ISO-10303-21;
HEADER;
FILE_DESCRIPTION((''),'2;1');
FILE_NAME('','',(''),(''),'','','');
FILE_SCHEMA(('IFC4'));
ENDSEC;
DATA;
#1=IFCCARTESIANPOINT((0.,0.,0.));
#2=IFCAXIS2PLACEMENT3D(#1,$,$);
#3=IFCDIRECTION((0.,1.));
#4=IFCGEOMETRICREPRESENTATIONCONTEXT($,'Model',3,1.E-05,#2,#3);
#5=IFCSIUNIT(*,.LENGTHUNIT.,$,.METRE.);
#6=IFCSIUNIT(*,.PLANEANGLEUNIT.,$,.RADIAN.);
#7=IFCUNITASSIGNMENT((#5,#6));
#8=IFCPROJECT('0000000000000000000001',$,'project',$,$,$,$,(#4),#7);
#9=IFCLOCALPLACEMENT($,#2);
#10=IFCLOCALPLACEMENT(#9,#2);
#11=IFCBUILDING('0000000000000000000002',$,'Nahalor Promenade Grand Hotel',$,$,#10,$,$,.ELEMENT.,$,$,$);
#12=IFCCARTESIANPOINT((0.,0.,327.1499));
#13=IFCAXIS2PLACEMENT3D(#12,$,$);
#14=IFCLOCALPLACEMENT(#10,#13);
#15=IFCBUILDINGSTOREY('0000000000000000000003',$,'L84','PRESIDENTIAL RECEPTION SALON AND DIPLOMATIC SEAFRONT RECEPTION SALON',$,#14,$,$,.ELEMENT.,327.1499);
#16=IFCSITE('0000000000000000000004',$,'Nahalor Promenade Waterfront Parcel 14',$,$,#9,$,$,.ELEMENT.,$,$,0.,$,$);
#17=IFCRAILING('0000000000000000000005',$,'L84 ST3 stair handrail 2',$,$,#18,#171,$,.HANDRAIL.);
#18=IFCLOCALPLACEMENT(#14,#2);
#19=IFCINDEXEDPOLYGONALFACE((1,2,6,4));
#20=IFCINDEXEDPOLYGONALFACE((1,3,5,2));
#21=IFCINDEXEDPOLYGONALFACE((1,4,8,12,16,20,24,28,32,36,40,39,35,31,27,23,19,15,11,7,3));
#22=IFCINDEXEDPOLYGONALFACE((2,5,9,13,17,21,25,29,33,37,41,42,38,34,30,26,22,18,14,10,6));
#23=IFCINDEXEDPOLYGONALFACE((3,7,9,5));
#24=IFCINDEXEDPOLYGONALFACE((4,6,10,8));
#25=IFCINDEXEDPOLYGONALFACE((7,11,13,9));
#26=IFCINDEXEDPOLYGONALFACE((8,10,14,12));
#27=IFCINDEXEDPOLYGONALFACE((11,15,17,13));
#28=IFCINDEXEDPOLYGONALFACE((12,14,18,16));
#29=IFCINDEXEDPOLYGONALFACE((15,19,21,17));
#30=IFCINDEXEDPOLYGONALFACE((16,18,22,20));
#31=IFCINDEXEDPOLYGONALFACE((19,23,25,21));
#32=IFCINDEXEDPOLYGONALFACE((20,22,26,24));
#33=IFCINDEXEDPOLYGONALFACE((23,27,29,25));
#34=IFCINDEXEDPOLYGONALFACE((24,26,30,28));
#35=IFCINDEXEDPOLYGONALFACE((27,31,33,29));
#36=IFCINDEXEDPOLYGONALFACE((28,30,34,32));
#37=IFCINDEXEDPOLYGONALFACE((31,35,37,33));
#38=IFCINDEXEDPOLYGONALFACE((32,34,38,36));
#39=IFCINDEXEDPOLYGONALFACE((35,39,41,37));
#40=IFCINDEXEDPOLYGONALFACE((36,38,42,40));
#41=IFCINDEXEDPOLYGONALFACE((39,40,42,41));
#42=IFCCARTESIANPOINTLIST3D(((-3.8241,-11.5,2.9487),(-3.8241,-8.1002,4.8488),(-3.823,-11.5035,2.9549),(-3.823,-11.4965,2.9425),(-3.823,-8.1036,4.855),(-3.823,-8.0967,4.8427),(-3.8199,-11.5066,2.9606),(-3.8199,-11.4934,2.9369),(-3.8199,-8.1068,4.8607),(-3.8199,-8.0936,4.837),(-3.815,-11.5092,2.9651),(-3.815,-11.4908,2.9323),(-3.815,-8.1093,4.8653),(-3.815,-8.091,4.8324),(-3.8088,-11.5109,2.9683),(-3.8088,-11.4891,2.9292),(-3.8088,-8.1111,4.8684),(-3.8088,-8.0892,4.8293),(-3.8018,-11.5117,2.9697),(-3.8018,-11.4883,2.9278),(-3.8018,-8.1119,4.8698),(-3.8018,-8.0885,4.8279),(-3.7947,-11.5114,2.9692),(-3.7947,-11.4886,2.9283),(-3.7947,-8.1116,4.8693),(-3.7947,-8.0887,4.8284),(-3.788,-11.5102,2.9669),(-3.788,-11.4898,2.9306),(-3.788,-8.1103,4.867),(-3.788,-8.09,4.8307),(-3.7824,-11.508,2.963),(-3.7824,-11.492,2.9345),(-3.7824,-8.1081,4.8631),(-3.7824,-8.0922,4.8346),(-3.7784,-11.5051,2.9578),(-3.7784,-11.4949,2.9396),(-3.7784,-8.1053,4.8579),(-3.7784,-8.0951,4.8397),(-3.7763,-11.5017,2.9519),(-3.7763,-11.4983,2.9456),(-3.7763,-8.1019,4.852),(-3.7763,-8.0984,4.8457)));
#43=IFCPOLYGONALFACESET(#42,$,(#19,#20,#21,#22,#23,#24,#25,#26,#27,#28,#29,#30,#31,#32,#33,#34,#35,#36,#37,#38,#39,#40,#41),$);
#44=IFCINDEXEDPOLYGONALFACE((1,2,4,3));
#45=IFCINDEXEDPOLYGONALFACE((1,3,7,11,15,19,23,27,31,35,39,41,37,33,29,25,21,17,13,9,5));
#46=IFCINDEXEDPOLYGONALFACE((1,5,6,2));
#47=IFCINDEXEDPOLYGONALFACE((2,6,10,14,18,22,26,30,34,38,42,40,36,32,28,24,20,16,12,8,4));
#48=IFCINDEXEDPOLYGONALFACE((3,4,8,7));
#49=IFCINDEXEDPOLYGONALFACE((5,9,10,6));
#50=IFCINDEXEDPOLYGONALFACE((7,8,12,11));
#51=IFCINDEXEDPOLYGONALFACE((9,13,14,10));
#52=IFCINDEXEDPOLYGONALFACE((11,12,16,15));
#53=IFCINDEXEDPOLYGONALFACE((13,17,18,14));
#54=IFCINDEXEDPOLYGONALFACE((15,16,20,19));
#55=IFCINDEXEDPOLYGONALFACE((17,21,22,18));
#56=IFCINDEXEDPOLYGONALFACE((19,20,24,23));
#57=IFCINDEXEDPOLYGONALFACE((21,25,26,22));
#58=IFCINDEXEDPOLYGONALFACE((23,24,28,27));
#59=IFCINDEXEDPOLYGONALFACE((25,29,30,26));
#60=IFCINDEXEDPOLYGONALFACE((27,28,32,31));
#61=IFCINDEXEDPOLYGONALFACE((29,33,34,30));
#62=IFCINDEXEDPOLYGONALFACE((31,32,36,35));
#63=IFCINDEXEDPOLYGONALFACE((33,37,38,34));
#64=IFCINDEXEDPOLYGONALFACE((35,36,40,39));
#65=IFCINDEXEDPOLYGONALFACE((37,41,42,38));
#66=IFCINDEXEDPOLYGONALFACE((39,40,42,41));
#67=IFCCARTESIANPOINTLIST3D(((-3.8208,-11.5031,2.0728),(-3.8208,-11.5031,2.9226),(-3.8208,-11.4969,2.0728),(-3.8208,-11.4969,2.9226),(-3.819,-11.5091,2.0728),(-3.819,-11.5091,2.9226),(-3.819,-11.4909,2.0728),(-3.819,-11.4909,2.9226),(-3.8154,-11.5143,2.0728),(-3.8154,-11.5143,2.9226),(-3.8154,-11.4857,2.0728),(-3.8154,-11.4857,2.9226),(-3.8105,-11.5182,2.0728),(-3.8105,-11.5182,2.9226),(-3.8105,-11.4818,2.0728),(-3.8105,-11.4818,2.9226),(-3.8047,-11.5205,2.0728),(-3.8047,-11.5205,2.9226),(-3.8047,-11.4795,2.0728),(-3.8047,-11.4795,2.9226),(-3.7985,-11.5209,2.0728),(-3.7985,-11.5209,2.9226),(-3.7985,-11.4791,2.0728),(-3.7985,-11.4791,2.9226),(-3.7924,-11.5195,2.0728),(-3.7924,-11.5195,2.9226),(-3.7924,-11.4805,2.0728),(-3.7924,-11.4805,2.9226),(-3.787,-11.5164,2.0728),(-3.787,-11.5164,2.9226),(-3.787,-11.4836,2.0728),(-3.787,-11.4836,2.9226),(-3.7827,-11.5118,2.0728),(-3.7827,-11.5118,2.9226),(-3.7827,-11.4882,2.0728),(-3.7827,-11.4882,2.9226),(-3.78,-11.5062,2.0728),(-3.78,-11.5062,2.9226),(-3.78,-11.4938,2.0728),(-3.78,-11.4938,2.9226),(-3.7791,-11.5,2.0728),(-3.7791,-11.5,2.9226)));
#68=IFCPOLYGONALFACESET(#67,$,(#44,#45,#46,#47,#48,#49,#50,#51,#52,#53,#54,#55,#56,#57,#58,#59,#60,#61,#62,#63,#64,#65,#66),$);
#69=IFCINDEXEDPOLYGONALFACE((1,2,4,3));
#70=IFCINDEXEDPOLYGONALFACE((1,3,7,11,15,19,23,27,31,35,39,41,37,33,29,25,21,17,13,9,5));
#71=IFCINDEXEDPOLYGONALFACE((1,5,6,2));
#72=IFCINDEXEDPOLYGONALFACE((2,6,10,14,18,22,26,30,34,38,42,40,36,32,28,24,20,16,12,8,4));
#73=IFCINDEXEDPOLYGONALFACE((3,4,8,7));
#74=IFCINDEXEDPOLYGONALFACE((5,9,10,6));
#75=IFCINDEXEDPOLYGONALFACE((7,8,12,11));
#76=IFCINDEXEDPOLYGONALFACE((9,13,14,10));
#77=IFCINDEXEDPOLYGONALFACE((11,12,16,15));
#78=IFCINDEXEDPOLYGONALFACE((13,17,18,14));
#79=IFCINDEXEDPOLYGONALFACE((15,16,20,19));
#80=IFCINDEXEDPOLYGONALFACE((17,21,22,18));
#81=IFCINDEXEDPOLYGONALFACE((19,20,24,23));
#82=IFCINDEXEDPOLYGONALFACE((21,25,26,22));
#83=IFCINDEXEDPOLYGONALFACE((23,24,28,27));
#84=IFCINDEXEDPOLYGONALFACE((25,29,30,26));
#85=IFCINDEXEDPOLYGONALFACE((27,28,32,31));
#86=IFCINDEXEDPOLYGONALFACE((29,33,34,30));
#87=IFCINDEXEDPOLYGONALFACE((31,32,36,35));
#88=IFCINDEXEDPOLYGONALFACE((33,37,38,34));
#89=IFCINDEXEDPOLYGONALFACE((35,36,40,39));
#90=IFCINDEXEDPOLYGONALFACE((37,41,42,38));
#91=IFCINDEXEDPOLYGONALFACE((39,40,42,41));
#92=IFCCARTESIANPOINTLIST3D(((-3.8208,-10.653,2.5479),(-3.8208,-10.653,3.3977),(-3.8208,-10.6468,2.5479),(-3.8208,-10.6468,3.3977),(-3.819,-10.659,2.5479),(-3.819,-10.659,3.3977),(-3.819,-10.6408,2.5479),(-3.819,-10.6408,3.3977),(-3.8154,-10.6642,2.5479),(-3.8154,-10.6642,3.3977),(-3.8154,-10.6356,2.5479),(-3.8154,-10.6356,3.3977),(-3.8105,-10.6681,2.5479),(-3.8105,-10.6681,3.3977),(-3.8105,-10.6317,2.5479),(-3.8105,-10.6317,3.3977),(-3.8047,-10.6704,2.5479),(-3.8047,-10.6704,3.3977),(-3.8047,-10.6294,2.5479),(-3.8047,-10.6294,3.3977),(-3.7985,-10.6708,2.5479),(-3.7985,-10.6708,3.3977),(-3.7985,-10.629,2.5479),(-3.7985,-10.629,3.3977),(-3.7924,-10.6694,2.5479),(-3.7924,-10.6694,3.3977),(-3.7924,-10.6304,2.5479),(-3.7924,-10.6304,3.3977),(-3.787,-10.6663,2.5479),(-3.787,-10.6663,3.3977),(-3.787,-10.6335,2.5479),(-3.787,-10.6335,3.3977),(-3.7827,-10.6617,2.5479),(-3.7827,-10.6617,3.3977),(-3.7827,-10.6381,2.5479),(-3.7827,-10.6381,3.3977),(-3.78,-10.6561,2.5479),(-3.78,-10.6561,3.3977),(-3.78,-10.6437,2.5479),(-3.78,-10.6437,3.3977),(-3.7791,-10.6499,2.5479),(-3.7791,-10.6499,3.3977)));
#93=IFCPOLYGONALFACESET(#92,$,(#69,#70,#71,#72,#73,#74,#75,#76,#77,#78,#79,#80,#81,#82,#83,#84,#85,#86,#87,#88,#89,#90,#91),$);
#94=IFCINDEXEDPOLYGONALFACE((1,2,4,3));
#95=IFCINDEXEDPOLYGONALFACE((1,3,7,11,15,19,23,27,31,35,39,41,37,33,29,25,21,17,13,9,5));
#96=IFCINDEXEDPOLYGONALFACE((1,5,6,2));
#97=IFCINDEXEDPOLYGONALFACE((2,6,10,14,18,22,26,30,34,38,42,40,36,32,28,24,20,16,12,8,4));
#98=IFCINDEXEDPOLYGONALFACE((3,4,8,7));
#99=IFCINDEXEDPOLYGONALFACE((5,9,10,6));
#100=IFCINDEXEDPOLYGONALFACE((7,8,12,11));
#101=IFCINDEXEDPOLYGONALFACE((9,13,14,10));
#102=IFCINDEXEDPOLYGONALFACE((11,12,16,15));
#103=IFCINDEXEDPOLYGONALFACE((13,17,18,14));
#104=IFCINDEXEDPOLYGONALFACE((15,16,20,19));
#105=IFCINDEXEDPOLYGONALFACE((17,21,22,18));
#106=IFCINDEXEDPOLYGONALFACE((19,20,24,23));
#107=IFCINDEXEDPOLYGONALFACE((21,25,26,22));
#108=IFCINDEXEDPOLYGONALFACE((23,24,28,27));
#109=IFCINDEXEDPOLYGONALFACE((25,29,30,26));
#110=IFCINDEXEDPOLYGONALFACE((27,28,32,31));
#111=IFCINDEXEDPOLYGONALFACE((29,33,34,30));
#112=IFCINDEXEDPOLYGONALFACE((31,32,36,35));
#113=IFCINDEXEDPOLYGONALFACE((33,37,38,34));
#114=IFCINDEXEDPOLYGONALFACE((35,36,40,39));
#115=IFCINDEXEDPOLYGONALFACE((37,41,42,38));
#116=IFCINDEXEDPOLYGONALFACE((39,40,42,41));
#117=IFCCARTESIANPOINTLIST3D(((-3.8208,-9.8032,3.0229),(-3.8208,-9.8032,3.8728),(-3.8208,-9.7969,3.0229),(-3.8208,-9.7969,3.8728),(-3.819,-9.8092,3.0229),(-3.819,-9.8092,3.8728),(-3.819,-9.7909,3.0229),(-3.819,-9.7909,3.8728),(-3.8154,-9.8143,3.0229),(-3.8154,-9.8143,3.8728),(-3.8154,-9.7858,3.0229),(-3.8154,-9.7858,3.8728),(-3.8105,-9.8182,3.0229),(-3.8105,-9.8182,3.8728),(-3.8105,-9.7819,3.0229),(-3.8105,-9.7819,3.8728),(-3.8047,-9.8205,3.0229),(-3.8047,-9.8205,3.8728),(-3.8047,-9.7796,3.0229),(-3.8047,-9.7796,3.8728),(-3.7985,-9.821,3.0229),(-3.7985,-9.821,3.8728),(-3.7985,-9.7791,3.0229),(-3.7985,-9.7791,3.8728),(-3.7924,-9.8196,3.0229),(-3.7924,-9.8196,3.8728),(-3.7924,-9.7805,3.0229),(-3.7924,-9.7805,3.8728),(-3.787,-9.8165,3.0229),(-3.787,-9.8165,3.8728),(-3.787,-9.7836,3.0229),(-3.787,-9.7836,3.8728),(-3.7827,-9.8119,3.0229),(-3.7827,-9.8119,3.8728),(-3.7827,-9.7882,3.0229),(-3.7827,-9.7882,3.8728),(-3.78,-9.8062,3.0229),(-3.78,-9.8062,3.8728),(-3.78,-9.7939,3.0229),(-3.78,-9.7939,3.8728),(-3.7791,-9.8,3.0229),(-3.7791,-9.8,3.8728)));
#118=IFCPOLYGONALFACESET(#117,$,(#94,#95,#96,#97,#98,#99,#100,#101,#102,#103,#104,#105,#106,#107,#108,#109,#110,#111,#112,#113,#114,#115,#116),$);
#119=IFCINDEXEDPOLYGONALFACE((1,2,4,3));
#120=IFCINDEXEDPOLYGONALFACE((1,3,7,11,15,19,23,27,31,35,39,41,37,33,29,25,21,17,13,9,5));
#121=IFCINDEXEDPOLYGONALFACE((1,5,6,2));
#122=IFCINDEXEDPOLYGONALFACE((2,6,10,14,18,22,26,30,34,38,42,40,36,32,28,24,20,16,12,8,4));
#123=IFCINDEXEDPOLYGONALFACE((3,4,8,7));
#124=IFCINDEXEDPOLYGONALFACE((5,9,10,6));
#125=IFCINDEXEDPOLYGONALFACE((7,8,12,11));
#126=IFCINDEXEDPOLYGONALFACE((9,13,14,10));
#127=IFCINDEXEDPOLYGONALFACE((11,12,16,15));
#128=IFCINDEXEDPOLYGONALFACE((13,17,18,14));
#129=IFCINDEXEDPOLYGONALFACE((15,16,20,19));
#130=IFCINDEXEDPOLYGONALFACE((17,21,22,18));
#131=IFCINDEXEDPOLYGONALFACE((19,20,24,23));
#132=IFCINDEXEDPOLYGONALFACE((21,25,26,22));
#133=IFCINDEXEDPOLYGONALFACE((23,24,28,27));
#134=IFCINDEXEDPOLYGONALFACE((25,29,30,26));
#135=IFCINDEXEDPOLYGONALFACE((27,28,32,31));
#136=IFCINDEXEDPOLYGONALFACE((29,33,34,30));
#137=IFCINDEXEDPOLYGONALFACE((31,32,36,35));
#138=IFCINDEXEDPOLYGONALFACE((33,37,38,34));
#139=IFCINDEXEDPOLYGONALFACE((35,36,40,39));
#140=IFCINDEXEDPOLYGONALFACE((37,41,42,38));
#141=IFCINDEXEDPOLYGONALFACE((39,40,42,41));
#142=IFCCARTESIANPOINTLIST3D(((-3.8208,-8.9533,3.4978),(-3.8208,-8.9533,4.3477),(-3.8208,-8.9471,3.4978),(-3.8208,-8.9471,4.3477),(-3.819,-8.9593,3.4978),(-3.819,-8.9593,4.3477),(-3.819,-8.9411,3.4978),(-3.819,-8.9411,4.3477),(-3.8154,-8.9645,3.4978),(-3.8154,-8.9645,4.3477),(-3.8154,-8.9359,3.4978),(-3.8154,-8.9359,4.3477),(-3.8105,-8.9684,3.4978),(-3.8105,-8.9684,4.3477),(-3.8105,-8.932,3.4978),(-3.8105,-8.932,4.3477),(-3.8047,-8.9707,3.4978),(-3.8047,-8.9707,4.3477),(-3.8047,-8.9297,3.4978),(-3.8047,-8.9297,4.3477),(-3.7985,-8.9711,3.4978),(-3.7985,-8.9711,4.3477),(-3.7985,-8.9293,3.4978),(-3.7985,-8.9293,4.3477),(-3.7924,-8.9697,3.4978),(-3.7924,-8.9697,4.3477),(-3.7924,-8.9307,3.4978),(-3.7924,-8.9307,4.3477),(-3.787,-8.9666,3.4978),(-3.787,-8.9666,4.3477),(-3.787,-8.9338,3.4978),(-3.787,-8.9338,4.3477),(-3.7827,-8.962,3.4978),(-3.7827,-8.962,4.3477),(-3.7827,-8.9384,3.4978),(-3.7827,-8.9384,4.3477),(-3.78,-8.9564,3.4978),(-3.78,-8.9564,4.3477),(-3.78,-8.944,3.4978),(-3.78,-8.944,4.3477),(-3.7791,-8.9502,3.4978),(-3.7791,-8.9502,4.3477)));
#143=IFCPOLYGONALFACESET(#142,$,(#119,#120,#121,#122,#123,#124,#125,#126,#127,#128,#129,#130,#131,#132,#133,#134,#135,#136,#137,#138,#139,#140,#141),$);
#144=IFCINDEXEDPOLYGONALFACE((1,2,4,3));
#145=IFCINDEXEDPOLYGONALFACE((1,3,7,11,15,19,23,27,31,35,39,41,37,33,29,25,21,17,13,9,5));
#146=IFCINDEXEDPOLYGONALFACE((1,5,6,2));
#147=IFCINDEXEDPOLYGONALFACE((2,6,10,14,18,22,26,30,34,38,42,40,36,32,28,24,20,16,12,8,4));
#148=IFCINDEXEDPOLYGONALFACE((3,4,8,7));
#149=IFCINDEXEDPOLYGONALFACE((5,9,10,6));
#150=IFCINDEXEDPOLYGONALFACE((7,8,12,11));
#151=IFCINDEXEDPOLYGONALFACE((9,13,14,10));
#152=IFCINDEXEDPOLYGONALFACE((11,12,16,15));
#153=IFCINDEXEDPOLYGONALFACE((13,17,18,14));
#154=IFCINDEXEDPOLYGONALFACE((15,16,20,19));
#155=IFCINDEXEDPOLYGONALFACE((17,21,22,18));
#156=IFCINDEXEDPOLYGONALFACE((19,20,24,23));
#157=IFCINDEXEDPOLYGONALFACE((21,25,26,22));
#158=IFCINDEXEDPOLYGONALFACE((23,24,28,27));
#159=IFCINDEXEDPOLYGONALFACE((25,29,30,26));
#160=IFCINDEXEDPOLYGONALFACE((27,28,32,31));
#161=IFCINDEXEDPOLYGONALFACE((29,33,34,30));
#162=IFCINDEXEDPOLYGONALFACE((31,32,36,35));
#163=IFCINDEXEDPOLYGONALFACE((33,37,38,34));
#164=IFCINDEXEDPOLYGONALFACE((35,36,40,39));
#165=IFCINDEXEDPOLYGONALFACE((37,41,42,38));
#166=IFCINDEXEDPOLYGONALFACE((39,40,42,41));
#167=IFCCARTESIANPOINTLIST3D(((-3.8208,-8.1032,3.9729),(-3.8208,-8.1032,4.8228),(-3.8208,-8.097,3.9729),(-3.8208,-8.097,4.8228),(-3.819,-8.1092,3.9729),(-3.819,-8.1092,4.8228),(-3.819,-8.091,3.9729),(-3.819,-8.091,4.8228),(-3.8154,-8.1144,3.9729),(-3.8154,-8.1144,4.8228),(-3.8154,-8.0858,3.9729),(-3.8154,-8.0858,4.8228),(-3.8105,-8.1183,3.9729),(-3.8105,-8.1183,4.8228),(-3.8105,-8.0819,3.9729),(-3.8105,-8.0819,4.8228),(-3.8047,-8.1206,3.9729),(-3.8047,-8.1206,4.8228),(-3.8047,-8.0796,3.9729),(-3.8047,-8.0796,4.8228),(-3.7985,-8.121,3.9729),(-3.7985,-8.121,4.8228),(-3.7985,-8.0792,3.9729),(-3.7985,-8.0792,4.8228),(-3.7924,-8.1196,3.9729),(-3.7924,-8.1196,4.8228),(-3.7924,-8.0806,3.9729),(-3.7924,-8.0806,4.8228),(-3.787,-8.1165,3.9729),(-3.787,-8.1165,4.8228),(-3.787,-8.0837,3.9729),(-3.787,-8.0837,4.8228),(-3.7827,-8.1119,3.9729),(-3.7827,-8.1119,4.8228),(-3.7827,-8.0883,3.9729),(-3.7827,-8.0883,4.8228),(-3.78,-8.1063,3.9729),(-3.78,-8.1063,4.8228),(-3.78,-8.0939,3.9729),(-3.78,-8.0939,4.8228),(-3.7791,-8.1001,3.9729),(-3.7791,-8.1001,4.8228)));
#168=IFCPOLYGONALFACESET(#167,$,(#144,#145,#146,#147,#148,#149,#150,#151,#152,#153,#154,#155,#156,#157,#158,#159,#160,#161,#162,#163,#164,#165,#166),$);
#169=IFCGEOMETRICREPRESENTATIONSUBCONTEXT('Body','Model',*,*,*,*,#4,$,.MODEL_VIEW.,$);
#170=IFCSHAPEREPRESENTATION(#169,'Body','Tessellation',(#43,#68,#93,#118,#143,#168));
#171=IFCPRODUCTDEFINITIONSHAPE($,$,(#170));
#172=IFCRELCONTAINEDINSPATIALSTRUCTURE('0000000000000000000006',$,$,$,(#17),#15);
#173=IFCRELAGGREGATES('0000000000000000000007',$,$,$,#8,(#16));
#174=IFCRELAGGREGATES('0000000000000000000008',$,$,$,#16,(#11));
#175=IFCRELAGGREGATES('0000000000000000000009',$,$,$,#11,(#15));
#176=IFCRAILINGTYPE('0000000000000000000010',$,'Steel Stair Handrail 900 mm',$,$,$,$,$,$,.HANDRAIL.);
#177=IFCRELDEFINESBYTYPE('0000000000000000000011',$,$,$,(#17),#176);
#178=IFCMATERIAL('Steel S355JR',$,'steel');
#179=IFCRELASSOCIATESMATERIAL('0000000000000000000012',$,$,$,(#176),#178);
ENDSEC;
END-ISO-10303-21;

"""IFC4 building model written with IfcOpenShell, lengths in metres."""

from ifc_helpers import new_model, si_unit, direction, frame, origin, origin_2d, place, context, subcontext, project, spatial, circle, extrude, material, type_object, element, save


model = new_model("IFC4")

# Units and contexts
model_context = context("Model", 3, precision=1e-05, world=origin(), true_north=direction((0.0, 1.0)))
body_context = subcontext(model_context, "Body", "Model", "MODEL_VIEW")
ifc_project = project(units=[si_unit("LENGTHUNIT", "METRE"), si_unit("PLANEANGLEUNIT", "RADIAN")], contexts=[model_context])

# Site, building, storey
site_placement = place(None, origin())
site = spatial("IfcSite", under=ifc_project, at=site_placement, Name="Nahalor Promenade Waterfront Parcel 14", CompositionType="ELEMENT", RefElevation=0.0)
building_placement = place(site_placement, origin())
building = spatial("IfcBuilding", under=site, at=building_placement, Name="Nahalor Promenade Grand Hotel", CompositionType="ELEMENT")
storey_placement = place(building_placement, frame((0.0, 0.0, 327.1499)))
storey = spatial("IfcBuildingStorey", under=building, at=storey_placement, Name="L84", Description="PRESIDENTIAL RECEPTION SALON AND DIPLOMATIC SEAFRONT RECEPTION SALON", CompositionType="ELEMENT", Elevation=327.1499)

# Shared definitions
ifc_material_1 = material(Name="Steel S355JR", Category="steel")

# Railing
railing_type_1 = type_object("IfcRailingType", Name="Steel Stair Handrail 900 mm", PredefinedType="HANDRAIL", material=ifc_material_1)
railing_1_placement = place(storey_placement, frame((-3.8, -11.5, 2.0728)))
element("IfcRailing", 1, at=railing_1_placement, inside=storey, type_object=railing_type_1, Name="L84 ST3 stair handrail 2", PredefinedType="HANDRAIL", context=body_context, shape_type="SweptSolid", body=[
    extrude(circle(Radius=0.024, at=origin_2d()), frame((0.0, 0.0, 0.876), z_axis=(0.0, 0.872921, 0.487861), x_axis=(-1.0, 0.0, 0.0)), (0.0, 0.0, 1.0), 3.8948),
    extrude(circle(Radius=0.021, at=origin_2d()), origin(), (0.0, 0.0, 1.0), 0.8499),
    extrude(circle(Radius=0.021, at=origin_2d()), frame((0.0, 0.8501, 0.4751)), (0.0, 0.0, 1.0), 0.8499),
    extrude(circle(Radius=0.021, at=origin_2d()), frame((0.0, 1.7, 0.9502)), (0.0, 0.0, 1.0), 0.8499),
    extrude(circle(Radius=0.021, at=origin_2d()), frame((0.0, 2.5498, 1.425)), (0.0, 0.0, 1.0), 0.8499),
    extrude(circle(Radius=0.021, at=origin_2d()), frame((0.0, 3.3999, 1.9001)), (0.0, 0.0, 1.0), 0.8499),
])

save(model, "model.ifc")
